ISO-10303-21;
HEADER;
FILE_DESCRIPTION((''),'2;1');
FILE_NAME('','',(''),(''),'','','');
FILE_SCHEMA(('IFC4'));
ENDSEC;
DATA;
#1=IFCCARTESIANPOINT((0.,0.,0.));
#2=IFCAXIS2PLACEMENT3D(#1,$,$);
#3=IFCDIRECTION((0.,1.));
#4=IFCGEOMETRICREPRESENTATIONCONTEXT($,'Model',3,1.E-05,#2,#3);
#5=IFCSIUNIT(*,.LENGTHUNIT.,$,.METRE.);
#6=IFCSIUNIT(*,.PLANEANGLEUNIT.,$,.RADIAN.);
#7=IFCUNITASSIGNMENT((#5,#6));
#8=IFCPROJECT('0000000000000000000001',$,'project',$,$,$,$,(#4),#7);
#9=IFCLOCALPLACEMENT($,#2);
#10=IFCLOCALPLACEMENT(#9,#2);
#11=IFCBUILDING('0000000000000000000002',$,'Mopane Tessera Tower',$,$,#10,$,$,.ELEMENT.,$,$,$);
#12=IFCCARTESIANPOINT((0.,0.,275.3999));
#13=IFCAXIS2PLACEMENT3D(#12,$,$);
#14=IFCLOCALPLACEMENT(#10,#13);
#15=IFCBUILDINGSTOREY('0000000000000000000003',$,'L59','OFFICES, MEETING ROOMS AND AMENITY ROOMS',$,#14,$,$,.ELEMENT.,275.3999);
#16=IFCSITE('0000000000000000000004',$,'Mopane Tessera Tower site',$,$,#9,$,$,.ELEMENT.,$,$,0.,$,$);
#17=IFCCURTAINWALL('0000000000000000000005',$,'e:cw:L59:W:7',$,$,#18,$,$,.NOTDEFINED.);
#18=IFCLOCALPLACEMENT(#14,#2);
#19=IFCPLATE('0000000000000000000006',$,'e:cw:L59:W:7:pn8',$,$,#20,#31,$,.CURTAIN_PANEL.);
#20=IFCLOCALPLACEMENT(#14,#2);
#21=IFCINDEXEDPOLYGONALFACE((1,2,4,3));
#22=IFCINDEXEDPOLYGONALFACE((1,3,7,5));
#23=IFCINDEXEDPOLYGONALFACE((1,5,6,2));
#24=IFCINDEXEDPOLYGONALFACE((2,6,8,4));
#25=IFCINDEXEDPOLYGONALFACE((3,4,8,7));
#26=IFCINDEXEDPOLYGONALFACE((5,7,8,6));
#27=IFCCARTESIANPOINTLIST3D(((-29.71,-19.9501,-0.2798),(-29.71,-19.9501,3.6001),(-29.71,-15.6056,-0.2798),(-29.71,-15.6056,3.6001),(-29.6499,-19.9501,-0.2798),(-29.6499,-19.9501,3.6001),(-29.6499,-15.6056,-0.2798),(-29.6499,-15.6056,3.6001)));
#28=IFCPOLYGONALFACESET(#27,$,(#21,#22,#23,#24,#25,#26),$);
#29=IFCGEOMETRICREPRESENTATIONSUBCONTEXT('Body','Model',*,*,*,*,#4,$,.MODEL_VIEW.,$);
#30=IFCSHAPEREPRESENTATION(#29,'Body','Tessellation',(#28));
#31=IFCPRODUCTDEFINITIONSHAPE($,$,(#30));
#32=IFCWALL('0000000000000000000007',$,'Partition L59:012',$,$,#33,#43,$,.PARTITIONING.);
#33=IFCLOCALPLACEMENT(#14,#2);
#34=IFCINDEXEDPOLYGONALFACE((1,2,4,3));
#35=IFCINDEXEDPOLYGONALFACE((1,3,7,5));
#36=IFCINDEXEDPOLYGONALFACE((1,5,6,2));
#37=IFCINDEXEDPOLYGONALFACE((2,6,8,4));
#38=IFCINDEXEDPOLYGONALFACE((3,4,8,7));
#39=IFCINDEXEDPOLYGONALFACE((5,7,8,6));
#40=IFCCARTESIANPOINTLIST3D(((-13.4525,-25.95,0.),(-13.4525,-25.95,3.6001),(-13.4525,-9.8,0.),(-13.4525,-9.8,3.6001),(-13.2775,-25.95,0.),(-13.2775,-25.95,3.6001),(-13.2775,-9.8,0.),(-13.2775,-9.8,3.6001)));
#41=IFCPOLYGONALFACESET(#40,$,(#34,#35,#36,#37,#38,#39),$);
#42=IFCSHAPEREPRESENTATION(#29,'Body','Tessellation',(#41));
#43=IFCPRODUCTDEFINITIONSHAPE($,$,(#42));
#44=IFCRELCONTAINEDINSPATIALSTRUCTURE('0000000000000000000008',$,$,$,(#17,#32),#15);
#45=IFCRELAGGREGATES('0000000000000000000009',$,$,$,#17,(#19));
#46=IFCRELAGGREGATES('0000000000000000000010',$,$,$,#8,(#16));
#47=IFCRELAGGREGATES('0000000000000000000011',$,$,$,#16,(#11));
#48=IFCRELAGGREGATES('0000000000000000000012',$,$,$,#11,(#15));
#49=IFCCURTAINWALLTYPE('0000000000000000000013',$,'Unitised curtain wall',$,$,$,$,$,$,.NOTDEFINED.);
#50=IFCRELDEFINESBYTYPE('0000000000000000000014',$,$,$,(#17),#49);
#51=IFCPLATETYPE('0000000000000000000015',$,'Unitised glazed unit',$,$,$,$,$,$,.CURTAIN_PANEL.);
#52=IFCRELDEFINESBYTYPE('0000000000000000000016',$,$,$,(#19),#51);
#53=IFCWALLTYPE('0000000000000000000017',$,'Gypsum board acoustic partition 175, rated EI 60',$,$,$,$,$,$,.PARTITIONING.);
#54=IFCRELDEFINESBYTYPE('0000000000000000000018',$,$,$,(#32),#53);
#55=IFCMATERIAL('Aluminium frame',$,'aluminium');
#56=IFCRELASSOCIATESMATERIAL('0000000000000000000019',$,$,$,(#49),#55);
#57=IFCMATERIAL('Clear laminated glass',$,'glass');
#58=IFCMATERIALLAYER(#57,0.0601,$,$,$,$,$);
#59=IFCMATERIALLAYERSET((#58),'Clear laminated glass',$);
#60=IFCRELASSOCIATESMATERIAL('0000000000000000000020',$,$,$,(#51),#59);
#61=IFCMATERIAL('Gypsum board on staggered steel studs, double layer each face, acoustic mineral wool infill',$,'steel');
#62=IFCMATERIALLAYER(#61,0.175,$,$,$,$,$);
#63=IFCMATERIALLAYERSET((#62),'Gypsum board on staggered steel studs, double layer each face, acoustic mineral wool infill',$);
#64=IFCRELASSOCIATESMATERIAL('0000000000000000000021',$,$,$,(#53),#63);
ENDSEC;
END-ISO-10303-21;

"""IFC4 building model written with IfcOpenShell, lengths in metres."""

from ifc_helpers import new_model, si_unit, direction, frame, frame_2d, origin, origin_2d, place, context, subcontext, project, spatial, rectangle, extrude, material, layer, layer_set, type_object, element, aggregate, save


model = new_model("IFC4")

# Units and contexts
model_context = context("Model", 3, precision=1e-05, world=origin(), true_north=direction((0.0, 1.0)))
body_context = subcontext(model_context, "Body", "Model", "MODEL_VIEW")
ifc_project = project(units=[si_unit("LENGTHUNIT", "METRE"), si_unit("PLANEANGLEUNIT", "RADIAN")], contexts=[model_context])

# Site, building, storey
site_placement = place(None, origin())
site = spatial("IfcSite", under=ifc_project, at=site_placement, Name="Mopane Tessera Tower site", CompositionType="ELEMENT", RefElevation=0.0)
building_placement = place(site_placement, origin())
building = spatial("IfcBuilding", under=site, at=building_placement, Name="Mopane Tessera Tower", CompositionType="ELEMENT")
storey_placement = place(building_placement, frame((0.0, 0.0, 275.3999)))
storey = spatial("IfcBuildingStorey", under=building, at=storey_placement, Name="L59", Description="OFFICES, MEETING ROOMS AND AMENITY ROOMS", CompositionType="ELEMENT", Elevation=275.3999)

# Curtain wall
ifc_material_1 = material(Name="Aluminium frame", Category="aluminium")
curtain_wall_type = type_object("IfcCurtainWallType", Name="Unitised curtain wall", PredefinedType="NOTDEFINED", material=ifc_material_1)
curtain_wall_1_placement = place(storey_placement, origin())
curtain_wall_1 = element("IfcCurtainWall", 1, at=curtain_wall_1_placement, inside=storey, type_object=curtain_wall_type, Name="e:cw:L59:W:7", PredefinedType="NOTDEFINED")

# Plate
ifc_material_2 = material(Name="Clear laminated glass", Category="glass")
ifc_layer_1 = layer(ifc_material_2, 0.0601)
ifc_layer_set_1 = layer_set([ifc_layer_1], Name="Clear laminated glass")
plate_type = type_object("IfcPlateType", Name="Unitised glazed unit", PredefinedType="CURTAIN_PANEL", material=ifc_layer_set_1)
plate_1_placement = place(storey_placement, frame((-29.6799, -17.7778, -0.2798), z_axis=(0.0, 0.0, 1.0), x_axis=(0.0, -1.0, 0.0)))
plate_1 = element("IfcPlate", 2, at=plate_1_placement, type_object=plate_type, Name="e:cw:L59:W:7:pn8", PredefinedType="CURTAIN_PANEL", context=body_context, shape_type="SweptSolid", body=[
    extrude(rectangle(XDim=4.3445, YDim=0.0601, at=origin_2d()), origin(), (0.0, 0.0, 1.0), 3.8799),
])
aggregate(curtain_wall_1, [plate_1])

# Wall
ifc_material_3 = material(Name="Gypsum board on staggered steel studs, double layer each face, acoustic mineral wool infill", Category="steel")
ifc_layer_2 = layer(ifc_material_3, 0.175)
ifc_layer_set_2 = layer_set([ifc_layer_2], Name="Gypsum board on staggered steel studs, double layer each face, acoustic mineral wool infill")
wall_type = type_object("IfcWallType", Name="Gypsum board acoustic partition 175, rated EI 60", PredefinedType="PARTITIONING", material=ifc_layer_set_2)
wall_placement = place(storey_placement, frame((-13.365, -25.95, 0.0), z_axis=(0.0, 0.0, 1.0), x_axis=(0.0, 1.0, 0.0)))
element("IfcWall", 3, at=wall_placement, inside=storey, type_object=wall_type, Name="Partition L59:012", PredefinedType="PARTITIONING", context=body_context, shape_type="SweptSolid", body=[
    extrude(rectangle(XDim=16.1499, YDim=0.175, at=frame_2d((8.075, 0.0))), origin(), (0.0, 0.0, 1.0), 3.6001),
])

save(model, "model.ifc")
